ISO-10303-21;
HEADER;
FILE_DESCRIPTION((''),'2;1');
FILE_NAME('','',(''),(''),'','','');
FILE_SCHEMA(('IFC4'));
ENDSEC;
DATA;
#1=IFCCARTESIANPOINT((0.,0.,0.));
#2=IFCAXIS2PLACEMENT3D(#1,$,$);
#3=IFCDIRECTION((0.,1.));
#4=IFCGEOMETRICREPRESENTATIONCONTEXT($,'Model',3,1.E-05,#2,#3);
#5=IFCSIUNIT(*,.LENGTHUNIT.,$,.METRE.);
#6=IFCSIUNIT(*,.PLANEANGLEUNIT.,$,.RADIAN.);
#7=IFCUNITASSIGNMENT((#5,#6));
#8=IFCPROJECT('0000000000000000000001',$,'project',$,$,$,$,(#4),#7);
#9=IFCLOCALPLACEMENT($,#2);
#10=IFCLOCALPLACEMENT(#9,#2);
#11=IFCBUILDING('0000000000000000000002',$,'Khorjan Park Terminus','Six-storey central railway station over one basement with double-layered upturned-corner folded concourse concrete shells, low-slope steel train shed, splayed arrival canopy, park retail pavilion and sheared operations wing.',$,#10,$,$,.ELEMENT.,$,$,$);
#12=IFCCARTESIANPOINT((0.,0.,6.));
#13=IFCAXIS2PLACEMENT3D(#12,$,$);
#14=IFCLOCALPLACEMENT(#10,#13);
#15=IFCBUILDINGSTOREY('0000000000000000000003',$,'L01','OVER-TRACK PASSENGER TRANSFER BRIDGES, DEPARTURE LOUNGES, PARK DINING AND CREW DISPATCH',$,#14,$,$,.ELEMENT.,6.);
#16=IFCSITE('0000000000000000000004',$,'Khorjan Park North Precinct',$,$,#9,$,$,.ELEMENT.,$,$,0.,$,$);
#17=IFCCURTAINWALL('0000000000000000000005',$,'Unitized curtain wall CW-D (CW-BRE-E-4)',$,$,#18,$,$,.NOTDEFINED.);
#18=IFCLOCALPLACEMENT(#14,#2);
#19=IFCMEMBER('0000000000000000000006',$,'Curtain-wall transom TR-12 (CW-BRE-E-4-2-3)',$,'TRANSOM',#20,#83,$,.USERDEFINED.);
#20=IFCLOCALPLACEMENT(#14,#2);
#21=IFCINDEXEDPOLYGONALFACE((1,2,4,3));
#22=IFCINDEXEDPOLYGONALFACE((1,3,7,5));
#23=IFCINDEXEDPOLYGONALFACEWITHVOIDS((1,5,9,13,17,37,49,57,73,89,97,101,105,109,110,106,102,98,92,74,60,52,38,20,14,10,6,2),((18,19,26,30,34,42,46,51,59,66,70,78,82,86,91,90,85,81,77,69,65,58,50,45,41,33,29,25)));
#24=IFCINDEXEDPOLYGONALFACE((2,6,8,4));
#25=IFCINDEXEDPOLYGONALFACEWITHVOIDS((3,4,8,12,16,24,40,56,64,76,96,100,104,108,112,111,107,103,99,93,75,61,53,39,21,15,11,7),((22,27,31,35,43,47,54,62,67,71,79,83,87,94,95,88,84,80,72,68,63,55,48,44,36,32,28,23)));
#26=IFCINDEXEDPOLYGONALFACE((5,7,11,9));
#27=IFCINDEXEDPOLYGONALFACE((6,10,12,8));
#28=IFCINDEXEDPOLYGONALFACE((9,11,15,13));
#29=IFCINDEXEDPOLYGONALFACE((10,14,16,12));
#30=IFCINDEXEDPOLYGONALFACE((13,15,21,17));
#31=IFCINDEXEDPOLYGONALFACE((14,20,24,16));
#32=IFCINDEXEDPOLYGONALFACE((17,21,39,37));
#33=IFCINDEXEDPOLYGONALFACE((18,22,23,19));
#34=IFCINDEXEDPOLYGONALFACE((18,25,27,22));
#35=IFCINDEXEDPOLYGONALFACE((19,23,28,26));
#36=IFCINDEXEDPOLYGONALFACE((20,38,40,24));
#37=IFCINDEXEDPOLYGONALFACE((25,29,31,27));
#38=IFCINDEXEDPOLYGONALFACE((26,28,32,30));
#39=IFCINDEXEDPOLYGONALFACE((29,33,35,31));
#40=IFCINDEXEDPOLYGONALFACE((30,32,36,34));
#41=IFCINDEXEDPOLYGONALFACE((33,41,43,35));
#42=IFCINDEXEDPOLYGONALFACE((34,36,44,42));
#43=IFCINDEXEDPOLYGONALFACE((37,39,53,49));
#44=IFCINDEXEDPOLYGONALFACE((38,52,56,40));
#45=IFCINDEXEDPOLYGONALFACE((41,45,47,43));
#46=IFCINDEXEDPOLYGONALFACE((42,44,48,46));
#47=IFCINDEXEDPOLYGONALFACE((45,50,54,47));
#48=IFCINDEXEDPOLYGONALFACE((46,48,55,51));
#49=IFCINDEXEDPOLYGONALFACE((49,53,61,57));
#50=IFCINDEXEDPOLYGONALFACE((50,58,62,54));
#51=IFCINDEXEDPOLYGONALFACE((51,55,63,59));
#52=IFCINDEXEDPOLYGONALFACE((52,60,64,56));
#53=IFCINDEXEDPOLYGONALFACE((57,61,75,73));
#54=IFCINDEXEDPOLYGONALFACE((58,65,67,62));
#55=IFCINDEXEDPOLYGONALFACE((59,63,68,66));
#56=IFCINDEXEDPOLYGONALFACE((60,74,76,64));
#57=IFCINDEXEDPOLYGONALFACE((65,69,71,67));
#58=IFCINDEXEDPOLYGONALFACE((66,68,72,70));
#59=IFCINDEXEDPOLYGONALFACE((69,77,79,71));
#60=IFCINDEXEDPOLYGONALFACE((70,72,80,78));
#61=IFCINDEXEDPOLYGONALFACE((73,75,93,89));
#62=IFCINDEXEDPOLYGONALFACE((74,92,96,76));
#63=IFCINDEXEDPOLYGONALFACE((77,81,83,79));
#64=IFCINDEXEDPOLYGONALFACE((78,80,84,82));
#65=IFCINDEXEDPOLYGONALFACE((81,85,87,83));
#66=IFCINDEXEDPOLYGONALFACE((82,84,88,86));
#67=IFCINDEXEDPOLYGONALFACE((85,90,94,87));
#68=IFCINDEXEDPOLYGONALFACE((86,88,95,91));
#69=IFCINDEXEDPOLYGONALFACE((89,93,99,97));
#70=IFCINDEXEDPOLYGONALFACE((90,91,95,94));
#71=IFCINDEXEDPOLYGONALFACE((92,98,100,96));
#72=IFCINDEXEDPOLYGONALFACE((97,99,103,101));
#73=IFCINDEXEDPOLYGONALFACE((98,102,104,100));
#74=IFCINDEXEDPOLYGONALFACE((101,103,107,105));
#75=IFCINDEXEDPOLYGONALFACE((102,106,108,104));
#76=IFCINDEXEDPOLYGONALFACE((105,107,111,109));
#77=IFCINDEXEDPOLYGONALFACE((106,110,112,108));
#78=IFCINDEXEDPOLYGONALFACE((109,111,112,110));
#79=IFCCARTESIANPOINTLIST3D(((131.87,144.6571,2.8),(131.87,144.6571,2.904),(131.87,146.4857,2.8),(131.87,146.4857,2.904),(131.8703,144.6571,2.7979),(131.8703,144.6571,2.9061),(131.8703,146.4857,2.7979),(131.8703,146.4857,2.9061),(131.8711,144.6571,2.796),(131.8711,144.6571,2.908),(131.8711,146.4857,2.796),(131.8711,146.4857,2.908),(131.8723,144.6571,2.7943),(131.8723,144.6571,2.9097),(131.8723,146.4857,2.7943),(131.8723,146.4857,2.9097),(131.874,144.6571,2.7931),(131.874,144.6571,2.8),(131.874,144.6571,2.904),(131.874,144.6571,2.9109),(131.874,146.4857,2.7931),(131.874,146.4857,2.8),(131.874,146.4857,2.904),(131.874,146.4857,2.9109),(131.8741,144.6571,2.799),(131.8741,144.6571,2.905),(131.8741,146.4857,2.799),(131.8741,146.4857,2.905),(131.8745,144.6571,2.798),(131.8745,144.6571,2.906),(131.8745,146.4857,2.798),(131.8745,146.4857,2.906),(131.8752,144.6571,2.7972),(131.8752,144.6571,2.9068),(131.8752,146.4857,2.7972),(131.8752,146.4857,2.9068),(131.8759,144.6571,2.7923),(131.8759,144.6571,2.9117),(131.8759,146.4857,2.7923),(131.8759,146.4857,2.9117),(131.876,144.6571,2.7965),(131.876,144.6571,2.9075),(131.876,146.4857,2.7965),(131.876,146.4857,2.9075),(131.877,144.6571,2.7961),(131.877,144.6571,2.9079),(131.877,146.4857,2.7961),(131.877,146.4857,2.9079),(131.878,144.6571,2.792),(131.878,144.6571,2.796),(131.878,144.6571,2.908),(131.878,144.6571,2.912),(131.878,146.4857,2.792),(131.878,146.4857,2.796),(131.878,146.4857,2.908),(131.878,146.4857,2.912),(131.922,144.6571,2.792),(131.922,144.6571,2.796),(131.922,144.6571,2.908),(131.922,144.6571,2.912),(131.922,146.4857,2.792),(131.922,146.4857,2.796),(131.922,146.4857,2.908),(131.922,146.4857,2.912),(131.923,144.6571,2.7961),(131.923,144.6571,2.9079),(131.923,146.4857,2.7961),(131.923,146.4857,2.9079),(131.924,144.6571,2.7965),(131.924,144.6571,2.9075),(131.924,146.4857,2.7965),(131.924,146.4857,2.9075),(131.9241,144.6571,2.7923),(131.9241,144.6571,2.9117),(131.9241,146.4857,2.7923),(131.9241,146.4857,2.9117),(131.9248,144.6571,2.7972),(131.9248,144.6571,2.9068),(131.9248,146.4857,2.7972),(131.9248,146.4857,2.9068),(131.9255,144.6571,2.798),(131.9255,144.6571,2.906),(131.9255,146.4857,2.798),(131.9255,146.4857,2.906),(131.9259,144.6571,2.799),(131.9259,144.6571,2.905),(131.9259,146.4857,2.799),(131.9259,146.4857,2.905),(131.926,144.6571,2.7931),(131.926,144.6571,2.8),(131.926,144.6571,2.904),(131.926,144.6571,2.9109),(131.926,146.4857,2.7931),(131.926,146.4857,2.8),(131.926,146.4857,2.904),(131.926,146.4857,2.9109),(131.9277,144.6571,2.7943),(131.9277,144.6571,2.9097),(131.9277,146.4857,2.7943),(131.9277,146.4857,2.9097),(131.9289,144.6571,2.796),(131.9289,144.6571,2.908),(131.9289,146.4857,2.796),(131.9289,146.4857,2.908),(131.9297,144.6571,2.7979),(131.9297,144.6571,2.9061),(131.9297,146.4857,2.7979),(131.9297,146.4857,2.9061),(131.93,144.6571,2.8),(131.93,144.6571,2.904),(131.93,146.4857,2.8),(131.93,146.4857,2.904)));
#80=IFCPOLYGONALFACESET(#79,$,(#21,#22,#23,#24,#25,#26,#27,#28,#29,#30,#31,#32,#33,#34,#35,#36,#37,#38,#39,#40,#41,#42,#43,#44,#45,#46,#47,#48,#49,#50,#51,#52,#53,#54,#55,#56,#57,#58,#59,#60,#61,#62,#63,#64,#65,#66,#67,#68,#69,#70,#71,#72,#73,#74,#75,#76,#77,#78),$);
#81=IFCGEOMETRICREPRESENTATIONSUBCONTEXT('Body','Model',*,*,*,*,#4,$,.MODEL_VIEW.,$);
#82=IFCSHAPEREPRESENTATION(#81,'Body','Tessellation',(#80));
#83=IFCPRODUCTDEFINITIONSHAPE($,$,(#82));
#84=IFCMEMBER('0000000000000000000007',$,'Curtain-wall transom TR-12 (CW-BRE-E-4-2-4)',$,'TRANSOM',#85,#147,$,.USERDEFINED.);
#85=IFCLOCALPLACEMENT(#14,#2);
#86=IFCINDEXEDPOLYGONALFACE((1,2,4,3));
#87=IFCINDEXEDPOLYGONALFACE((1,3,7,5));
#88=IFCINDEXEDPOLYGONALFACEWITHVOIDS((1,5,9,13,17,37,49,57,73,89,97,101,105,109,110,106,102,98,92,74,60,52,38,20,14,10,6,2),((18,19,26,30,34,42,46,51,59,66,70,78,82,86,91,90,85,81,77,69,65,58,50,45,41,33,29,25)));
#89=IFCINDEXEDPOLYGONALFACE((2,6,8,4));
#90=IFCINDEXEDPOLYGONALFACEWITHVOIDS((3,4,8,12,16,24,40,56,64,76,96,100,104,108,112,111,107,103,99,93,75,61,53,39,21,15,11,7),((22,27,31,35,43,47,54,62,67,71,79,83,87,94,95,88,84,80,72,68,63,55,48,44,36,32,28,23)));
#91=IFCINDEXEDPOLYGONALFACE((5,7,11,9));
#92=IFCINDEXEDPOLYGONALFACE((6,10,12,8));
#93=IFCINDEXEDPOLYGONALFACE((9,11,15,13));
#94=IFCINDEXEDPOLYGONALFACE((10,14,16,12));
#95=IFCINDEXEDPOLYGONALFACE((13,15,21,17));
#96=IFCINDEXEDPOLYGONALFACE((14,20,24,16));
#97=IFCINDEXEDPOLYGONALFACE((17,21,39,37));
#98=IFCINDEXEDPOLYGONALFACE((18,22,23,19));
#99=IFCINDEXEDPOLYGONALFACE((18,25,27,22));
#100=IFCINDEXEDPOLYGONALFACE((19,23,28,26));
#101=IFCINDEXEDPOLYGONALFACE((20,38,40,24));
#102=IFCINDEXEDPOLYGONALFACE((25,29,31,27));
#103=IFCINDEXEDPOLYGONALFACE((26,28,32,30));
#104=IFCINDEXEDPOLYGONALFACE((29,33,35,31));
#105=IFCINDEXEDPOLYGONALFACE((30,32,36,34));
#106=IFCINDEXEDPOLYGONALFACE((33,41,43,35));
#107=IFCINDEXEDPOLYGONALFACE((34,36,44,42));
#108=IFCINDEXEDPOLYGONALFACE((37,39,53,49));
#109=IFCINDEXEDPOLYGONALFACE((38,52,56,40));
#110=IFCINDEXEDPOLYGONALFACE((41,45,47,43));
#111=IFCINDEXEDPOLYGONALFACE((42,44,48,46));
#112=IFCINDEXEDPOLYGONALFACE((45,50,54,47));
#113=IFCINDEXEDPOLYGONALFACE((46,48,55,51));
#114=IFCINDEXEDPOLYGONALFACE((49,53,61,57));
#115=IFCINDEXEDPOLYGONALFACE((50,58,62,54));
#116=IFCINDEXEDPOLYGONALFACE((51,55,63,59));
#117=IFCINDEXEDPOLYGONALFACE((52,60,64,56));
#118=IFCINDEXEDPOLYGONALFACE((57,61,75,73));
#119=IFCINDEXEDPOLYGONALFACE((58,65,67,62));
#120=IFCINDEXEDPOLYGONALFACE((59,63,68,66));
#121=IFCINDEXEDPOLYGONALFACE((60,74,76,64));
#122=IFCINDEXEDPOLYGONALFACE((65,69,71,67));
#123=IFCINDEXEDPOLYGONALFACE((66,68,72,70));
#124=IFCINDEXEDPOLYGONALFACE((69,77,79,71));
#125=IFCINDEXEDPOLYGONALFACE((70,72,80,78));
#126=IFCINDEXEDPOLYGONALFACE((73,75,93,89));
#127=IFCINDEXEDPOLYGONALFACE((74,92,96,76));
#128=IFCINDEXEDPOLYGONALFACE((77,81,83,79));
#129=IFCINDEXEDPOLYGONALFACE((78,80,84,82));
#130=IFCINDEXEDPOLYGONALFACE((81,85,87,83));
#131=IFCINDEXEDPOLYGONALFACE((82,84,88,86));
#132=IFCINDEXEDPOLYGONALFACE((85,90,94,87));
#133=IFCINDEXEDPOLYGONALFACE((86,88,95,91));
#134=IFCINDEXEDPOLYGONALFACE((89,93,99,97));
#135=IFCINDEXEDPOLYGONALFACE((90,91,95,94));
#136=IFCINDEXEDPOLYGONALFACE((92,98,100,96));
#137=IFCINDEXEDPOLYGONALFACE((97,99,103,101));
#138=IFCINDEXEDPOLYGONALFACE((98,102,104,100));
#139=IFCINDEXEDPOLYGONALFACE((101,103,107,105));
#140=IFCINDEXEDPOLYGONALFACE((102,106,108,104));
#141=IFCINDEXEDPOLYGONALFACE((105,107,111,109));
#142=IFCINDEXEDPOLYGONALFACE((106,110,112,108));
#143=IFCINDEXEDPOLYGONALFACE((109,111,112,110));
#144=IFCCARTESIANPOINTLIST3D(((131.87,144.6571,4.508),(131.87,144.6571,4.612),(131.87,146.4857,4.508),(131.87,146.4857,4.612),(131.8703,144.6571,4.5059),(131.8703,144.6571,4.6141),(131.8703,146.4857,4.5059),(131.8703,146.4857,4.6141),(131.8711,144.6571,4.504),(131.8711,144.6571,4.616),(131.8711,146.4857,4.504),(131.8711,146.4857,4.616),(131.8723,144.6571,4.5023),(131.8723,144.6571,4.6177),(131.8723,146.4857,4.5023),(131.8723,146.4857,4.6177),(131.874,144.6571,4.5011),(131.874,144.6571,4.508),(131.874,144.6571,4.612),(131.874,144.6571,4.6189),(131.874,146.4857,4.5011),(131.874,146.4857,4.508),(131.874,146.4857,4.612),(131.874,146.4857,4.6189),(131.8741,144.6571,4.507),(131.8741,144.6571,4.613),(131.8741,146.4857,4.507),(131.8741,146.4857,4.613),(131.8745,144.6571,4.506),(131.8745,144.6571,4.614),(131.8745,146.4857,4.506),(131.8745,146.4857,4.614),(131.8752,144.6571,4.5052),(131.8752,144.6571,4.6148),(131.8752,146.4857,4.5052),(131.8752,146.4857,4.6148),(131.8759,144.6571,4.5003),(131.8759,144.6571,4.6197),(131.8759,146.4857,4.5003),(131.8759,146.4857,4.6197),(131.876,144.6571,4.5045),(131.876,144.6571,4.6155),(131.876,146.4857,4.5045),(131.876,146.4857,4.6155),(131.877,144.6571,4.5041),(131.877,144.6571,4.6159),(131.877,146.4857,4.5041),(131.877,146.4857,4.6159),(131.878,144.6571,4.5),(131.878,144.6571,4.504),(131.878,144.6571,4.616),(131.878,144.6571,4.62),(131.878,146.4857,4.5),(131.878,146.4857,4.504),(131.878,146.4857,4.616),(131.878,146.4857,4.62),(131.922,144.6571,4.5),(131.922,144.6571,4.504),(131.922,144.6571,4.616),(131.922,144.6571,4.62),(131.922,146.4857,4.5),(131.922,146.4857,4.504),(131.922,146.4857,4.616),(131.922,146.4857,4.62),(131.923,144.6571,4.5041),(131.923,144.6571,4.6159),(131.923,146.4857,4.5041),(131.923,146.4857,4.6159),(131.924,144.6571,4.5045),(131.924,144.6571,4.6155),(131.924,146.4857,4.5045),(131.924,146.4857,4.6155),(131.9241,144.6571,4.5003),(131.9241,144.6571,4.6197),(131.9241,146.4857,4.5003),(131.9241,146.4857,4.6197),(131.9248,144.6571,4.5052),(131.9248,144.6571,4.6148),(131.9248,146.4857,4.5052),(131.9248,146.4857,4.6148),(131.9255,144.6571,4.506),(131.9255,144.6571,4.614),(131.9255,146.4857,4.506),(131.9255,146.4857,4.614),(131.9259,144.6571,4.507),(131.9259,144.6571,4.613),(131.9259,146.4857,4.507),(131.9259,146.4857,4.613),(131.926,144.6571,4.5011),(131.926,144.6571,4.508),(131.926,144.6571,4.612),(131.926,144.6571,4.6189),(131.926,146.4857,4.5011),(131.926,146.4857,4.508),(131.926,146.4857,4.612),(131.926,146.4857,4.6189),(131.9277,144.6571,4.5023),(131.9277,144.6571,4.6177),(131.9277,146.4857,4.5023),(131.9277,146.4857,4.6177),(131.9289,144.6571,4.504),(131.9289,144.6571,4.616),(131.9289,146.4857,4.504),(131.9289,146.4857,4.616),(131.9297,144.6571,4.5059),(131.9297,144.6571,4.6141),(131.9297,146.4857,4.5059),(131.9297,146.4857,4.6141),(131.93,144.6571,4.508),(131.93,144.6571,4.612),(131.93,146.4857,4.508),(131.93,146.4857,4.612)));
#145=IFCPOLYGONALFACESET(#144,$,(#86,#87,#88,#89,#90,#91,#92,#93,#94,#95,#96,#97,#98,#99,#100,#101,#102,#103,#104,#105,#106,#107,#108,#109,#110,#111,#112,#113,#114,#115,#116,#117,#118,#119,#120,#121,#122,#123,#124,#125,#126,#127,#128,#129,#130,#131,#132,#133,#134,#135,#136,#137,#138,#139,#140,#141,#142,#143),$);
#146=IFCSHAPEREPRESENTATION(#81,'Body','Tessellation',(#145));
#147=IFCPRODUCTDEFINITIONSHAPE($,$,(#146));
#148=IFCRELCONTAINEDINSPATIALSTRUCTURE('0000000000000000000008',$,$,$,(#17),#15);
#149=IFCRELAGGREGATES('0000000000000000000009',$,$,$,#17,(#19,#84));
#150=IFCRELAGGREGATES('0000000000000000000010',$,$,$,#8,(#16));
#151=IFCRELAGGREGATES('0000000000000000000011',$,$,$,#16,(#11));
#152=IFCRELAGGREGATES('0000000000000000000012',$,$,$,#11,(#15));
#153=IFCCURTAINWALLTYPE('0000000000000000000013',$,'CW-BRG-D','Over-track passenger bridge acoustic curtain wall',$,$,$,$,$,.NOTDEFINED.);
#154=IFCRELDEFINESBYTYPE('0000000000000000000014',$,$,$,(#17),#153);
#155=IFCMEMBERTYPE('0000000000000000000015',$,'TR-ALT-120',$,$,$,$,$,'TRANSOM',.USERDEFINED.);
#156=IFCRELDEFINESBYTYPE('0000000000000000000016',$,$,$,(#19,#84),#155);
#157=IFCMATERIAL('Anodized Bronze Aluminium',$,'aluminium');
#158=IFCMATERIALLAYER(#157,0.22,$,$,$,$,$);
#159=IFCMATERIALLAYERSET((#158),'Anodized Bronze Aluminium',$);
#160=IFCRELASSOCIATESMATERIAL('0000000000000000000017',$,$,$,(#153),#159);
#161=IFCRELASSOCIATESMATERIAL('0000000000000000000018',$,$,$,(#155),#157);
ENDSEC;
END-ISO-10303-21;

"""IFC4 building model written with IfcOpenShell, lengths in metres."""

from ifc_helpers import new_model, si_unit, direction, frame, origin, origin_2d, place, context, subcontext, project, spatial, hollow_rectangle, extrude, material, layer, layer_set, material_profile, profile_set, type_object, element, aggregate, save


model = new_model("IFC4")

# Units and contexts
model_context = context("Model", 3, precision=1e-05, world=origin(), true_north=direction((0.0, 1.0)))
body_context = subcontext(model_context, "Body", "Model", "MODEL_VIEW")
ifc_project = project(units=[si_unit("LENGTHUNIT", "METRE"), si_unit("PLANEANGLEUNIT", "RADIAN")], contexts=[model_context])

# Site, building, storey
site_placement = place(None, origin())
site = spatial("IfcSite", under=ifc_project, at=site_placement, Name="Khorjan Park North Precinct", CompositionType="ELEMENT", RefElevation=0.0)
building_placement = place(site_placement, origin())
building = spatial("IfcBuilding", under=site, at=building_placement, Name="Khorjan Park Terminus", Description="Six-storey central railway station over one basement with double-layered upturned-corner folded concourse concrete shells, low-slope steel train shed, splayed arrival canopy, park retail pavilion and sheared operations wing.", CompositionType="ELEMENT")
storey_placement = place(building_placement, frame((0.0, 0.0, 6.0)))
storey = spatial("IfcBuildingStorey", under=building, at=storey_placement, Name="L01", Description="OVER-TRACK PASSENGER TRANSFER BRIDGES, DEPARTURE LOUNGES, PARK DINING AND CREW DISPATCH", CompositionType="ELEMENT", Elevation=6.0)

# Shared definitions
ifc_material_1 = material(Name="Anodized Bronze Aluminium", Category="aluminium")
ifc_layer_1 = layer(ifc_material_1, 0.22)
ifc_layer_set_1 = layer_set([ifc_layer_1], Name="Anodized Bronze Aluminium")
curtain_wall_type = type_object("IfcCurtainWallType", Name="CW-BRG-D", Description="Over-track passenger bridge acoustic curtain wall", PredefinedType="NOTDEFINED", material=ifc_layer_set_1)

# Curtain wall
curtain_wall_1_placement = place(storey_placement, origin())
curtain_wall_1 = element("IfcCurtainWall", 1, at=curtain_wall_1_placement, inside=storey, type_object=curtain_wall_type, Name="Unitized curtain wall CW-D (CW-BRE-E-4)", PredefinedType="NOTDEFINED")

# Members
ifc_material_profile_1 = material_profile(ifc_material_1, hollow_rectangle(XDim=0.06, YDim=0.12, WallThickness=0.004, InnerFilletRadius=0.004, OuterFilletRadius=0.008, at=origin_2d()), Name="ALT 60x120x4")
ifc_profile_set_1 = profile_set([ifc_material_profile_1], Name="Anodized Bronze Aluminium")
member_type_1 = type_object("IfcMemberType", Name="TR-ALT-120", ElementType="TRANSOM", PredefinedType="USERDEFINED", material=ifc_profile_set_1)
member_1_placement = place(storey_placement, frame((131.9, 144.6571, 2.852), z_axis=(0.0, 1.0, 0.0), x_axis=(-1.0, 0.0, 0.0)))
member_1 = element("IfcMember", 2, at=member_1_placement, type_object=member_type_1, Name="Curtain-wall transom TR-12 (CW-BRE-E-4-2-3)", ObjectType="TRANSOM", PredefinedType="USERDEFINED", context=body_context, shape_type="SweptSolid", body=[
    extrude(hollow_rectangle(XDim=0.06, YDim=0.12, WallThickness=0.004, InnerFilletRadius=0.004, OuterFilletRadius=0.008, at=origin_2d()), origin(), (0.0, 0.0, 1.0), 1.8286),
])
member_2_placement = place(storey_placement, frame((131.9, 144.6571, 4.56), z_axis=(0.0, 1.0, 0.0), x_axis=(-1.0, 0.0, 0.0)))
member_2 = element("IfcMember", 3, at=member_2_placement, type_object=member_type_1, Name="Curtain-wall transom TR-12 (CW-BRE-E-4-2-4)", ObjectType="TRANSOM", PredefinedType="USERDEFINED", context=body_context, shape_type="SweptSolid", body=[
    extrude(hollow_rectangle(XDim=0.06, YDim=0.12, WallThickness=0.004, InnerFilletRadius=0.004, OuterFilletRadius=0.008, at=origin_2d()), origin(), (0.0, 0.0, 1.0), 1.8286),
])

aggregate(curtain_wall_1, [member_1, member_2])

save(model, "model.ifc")
